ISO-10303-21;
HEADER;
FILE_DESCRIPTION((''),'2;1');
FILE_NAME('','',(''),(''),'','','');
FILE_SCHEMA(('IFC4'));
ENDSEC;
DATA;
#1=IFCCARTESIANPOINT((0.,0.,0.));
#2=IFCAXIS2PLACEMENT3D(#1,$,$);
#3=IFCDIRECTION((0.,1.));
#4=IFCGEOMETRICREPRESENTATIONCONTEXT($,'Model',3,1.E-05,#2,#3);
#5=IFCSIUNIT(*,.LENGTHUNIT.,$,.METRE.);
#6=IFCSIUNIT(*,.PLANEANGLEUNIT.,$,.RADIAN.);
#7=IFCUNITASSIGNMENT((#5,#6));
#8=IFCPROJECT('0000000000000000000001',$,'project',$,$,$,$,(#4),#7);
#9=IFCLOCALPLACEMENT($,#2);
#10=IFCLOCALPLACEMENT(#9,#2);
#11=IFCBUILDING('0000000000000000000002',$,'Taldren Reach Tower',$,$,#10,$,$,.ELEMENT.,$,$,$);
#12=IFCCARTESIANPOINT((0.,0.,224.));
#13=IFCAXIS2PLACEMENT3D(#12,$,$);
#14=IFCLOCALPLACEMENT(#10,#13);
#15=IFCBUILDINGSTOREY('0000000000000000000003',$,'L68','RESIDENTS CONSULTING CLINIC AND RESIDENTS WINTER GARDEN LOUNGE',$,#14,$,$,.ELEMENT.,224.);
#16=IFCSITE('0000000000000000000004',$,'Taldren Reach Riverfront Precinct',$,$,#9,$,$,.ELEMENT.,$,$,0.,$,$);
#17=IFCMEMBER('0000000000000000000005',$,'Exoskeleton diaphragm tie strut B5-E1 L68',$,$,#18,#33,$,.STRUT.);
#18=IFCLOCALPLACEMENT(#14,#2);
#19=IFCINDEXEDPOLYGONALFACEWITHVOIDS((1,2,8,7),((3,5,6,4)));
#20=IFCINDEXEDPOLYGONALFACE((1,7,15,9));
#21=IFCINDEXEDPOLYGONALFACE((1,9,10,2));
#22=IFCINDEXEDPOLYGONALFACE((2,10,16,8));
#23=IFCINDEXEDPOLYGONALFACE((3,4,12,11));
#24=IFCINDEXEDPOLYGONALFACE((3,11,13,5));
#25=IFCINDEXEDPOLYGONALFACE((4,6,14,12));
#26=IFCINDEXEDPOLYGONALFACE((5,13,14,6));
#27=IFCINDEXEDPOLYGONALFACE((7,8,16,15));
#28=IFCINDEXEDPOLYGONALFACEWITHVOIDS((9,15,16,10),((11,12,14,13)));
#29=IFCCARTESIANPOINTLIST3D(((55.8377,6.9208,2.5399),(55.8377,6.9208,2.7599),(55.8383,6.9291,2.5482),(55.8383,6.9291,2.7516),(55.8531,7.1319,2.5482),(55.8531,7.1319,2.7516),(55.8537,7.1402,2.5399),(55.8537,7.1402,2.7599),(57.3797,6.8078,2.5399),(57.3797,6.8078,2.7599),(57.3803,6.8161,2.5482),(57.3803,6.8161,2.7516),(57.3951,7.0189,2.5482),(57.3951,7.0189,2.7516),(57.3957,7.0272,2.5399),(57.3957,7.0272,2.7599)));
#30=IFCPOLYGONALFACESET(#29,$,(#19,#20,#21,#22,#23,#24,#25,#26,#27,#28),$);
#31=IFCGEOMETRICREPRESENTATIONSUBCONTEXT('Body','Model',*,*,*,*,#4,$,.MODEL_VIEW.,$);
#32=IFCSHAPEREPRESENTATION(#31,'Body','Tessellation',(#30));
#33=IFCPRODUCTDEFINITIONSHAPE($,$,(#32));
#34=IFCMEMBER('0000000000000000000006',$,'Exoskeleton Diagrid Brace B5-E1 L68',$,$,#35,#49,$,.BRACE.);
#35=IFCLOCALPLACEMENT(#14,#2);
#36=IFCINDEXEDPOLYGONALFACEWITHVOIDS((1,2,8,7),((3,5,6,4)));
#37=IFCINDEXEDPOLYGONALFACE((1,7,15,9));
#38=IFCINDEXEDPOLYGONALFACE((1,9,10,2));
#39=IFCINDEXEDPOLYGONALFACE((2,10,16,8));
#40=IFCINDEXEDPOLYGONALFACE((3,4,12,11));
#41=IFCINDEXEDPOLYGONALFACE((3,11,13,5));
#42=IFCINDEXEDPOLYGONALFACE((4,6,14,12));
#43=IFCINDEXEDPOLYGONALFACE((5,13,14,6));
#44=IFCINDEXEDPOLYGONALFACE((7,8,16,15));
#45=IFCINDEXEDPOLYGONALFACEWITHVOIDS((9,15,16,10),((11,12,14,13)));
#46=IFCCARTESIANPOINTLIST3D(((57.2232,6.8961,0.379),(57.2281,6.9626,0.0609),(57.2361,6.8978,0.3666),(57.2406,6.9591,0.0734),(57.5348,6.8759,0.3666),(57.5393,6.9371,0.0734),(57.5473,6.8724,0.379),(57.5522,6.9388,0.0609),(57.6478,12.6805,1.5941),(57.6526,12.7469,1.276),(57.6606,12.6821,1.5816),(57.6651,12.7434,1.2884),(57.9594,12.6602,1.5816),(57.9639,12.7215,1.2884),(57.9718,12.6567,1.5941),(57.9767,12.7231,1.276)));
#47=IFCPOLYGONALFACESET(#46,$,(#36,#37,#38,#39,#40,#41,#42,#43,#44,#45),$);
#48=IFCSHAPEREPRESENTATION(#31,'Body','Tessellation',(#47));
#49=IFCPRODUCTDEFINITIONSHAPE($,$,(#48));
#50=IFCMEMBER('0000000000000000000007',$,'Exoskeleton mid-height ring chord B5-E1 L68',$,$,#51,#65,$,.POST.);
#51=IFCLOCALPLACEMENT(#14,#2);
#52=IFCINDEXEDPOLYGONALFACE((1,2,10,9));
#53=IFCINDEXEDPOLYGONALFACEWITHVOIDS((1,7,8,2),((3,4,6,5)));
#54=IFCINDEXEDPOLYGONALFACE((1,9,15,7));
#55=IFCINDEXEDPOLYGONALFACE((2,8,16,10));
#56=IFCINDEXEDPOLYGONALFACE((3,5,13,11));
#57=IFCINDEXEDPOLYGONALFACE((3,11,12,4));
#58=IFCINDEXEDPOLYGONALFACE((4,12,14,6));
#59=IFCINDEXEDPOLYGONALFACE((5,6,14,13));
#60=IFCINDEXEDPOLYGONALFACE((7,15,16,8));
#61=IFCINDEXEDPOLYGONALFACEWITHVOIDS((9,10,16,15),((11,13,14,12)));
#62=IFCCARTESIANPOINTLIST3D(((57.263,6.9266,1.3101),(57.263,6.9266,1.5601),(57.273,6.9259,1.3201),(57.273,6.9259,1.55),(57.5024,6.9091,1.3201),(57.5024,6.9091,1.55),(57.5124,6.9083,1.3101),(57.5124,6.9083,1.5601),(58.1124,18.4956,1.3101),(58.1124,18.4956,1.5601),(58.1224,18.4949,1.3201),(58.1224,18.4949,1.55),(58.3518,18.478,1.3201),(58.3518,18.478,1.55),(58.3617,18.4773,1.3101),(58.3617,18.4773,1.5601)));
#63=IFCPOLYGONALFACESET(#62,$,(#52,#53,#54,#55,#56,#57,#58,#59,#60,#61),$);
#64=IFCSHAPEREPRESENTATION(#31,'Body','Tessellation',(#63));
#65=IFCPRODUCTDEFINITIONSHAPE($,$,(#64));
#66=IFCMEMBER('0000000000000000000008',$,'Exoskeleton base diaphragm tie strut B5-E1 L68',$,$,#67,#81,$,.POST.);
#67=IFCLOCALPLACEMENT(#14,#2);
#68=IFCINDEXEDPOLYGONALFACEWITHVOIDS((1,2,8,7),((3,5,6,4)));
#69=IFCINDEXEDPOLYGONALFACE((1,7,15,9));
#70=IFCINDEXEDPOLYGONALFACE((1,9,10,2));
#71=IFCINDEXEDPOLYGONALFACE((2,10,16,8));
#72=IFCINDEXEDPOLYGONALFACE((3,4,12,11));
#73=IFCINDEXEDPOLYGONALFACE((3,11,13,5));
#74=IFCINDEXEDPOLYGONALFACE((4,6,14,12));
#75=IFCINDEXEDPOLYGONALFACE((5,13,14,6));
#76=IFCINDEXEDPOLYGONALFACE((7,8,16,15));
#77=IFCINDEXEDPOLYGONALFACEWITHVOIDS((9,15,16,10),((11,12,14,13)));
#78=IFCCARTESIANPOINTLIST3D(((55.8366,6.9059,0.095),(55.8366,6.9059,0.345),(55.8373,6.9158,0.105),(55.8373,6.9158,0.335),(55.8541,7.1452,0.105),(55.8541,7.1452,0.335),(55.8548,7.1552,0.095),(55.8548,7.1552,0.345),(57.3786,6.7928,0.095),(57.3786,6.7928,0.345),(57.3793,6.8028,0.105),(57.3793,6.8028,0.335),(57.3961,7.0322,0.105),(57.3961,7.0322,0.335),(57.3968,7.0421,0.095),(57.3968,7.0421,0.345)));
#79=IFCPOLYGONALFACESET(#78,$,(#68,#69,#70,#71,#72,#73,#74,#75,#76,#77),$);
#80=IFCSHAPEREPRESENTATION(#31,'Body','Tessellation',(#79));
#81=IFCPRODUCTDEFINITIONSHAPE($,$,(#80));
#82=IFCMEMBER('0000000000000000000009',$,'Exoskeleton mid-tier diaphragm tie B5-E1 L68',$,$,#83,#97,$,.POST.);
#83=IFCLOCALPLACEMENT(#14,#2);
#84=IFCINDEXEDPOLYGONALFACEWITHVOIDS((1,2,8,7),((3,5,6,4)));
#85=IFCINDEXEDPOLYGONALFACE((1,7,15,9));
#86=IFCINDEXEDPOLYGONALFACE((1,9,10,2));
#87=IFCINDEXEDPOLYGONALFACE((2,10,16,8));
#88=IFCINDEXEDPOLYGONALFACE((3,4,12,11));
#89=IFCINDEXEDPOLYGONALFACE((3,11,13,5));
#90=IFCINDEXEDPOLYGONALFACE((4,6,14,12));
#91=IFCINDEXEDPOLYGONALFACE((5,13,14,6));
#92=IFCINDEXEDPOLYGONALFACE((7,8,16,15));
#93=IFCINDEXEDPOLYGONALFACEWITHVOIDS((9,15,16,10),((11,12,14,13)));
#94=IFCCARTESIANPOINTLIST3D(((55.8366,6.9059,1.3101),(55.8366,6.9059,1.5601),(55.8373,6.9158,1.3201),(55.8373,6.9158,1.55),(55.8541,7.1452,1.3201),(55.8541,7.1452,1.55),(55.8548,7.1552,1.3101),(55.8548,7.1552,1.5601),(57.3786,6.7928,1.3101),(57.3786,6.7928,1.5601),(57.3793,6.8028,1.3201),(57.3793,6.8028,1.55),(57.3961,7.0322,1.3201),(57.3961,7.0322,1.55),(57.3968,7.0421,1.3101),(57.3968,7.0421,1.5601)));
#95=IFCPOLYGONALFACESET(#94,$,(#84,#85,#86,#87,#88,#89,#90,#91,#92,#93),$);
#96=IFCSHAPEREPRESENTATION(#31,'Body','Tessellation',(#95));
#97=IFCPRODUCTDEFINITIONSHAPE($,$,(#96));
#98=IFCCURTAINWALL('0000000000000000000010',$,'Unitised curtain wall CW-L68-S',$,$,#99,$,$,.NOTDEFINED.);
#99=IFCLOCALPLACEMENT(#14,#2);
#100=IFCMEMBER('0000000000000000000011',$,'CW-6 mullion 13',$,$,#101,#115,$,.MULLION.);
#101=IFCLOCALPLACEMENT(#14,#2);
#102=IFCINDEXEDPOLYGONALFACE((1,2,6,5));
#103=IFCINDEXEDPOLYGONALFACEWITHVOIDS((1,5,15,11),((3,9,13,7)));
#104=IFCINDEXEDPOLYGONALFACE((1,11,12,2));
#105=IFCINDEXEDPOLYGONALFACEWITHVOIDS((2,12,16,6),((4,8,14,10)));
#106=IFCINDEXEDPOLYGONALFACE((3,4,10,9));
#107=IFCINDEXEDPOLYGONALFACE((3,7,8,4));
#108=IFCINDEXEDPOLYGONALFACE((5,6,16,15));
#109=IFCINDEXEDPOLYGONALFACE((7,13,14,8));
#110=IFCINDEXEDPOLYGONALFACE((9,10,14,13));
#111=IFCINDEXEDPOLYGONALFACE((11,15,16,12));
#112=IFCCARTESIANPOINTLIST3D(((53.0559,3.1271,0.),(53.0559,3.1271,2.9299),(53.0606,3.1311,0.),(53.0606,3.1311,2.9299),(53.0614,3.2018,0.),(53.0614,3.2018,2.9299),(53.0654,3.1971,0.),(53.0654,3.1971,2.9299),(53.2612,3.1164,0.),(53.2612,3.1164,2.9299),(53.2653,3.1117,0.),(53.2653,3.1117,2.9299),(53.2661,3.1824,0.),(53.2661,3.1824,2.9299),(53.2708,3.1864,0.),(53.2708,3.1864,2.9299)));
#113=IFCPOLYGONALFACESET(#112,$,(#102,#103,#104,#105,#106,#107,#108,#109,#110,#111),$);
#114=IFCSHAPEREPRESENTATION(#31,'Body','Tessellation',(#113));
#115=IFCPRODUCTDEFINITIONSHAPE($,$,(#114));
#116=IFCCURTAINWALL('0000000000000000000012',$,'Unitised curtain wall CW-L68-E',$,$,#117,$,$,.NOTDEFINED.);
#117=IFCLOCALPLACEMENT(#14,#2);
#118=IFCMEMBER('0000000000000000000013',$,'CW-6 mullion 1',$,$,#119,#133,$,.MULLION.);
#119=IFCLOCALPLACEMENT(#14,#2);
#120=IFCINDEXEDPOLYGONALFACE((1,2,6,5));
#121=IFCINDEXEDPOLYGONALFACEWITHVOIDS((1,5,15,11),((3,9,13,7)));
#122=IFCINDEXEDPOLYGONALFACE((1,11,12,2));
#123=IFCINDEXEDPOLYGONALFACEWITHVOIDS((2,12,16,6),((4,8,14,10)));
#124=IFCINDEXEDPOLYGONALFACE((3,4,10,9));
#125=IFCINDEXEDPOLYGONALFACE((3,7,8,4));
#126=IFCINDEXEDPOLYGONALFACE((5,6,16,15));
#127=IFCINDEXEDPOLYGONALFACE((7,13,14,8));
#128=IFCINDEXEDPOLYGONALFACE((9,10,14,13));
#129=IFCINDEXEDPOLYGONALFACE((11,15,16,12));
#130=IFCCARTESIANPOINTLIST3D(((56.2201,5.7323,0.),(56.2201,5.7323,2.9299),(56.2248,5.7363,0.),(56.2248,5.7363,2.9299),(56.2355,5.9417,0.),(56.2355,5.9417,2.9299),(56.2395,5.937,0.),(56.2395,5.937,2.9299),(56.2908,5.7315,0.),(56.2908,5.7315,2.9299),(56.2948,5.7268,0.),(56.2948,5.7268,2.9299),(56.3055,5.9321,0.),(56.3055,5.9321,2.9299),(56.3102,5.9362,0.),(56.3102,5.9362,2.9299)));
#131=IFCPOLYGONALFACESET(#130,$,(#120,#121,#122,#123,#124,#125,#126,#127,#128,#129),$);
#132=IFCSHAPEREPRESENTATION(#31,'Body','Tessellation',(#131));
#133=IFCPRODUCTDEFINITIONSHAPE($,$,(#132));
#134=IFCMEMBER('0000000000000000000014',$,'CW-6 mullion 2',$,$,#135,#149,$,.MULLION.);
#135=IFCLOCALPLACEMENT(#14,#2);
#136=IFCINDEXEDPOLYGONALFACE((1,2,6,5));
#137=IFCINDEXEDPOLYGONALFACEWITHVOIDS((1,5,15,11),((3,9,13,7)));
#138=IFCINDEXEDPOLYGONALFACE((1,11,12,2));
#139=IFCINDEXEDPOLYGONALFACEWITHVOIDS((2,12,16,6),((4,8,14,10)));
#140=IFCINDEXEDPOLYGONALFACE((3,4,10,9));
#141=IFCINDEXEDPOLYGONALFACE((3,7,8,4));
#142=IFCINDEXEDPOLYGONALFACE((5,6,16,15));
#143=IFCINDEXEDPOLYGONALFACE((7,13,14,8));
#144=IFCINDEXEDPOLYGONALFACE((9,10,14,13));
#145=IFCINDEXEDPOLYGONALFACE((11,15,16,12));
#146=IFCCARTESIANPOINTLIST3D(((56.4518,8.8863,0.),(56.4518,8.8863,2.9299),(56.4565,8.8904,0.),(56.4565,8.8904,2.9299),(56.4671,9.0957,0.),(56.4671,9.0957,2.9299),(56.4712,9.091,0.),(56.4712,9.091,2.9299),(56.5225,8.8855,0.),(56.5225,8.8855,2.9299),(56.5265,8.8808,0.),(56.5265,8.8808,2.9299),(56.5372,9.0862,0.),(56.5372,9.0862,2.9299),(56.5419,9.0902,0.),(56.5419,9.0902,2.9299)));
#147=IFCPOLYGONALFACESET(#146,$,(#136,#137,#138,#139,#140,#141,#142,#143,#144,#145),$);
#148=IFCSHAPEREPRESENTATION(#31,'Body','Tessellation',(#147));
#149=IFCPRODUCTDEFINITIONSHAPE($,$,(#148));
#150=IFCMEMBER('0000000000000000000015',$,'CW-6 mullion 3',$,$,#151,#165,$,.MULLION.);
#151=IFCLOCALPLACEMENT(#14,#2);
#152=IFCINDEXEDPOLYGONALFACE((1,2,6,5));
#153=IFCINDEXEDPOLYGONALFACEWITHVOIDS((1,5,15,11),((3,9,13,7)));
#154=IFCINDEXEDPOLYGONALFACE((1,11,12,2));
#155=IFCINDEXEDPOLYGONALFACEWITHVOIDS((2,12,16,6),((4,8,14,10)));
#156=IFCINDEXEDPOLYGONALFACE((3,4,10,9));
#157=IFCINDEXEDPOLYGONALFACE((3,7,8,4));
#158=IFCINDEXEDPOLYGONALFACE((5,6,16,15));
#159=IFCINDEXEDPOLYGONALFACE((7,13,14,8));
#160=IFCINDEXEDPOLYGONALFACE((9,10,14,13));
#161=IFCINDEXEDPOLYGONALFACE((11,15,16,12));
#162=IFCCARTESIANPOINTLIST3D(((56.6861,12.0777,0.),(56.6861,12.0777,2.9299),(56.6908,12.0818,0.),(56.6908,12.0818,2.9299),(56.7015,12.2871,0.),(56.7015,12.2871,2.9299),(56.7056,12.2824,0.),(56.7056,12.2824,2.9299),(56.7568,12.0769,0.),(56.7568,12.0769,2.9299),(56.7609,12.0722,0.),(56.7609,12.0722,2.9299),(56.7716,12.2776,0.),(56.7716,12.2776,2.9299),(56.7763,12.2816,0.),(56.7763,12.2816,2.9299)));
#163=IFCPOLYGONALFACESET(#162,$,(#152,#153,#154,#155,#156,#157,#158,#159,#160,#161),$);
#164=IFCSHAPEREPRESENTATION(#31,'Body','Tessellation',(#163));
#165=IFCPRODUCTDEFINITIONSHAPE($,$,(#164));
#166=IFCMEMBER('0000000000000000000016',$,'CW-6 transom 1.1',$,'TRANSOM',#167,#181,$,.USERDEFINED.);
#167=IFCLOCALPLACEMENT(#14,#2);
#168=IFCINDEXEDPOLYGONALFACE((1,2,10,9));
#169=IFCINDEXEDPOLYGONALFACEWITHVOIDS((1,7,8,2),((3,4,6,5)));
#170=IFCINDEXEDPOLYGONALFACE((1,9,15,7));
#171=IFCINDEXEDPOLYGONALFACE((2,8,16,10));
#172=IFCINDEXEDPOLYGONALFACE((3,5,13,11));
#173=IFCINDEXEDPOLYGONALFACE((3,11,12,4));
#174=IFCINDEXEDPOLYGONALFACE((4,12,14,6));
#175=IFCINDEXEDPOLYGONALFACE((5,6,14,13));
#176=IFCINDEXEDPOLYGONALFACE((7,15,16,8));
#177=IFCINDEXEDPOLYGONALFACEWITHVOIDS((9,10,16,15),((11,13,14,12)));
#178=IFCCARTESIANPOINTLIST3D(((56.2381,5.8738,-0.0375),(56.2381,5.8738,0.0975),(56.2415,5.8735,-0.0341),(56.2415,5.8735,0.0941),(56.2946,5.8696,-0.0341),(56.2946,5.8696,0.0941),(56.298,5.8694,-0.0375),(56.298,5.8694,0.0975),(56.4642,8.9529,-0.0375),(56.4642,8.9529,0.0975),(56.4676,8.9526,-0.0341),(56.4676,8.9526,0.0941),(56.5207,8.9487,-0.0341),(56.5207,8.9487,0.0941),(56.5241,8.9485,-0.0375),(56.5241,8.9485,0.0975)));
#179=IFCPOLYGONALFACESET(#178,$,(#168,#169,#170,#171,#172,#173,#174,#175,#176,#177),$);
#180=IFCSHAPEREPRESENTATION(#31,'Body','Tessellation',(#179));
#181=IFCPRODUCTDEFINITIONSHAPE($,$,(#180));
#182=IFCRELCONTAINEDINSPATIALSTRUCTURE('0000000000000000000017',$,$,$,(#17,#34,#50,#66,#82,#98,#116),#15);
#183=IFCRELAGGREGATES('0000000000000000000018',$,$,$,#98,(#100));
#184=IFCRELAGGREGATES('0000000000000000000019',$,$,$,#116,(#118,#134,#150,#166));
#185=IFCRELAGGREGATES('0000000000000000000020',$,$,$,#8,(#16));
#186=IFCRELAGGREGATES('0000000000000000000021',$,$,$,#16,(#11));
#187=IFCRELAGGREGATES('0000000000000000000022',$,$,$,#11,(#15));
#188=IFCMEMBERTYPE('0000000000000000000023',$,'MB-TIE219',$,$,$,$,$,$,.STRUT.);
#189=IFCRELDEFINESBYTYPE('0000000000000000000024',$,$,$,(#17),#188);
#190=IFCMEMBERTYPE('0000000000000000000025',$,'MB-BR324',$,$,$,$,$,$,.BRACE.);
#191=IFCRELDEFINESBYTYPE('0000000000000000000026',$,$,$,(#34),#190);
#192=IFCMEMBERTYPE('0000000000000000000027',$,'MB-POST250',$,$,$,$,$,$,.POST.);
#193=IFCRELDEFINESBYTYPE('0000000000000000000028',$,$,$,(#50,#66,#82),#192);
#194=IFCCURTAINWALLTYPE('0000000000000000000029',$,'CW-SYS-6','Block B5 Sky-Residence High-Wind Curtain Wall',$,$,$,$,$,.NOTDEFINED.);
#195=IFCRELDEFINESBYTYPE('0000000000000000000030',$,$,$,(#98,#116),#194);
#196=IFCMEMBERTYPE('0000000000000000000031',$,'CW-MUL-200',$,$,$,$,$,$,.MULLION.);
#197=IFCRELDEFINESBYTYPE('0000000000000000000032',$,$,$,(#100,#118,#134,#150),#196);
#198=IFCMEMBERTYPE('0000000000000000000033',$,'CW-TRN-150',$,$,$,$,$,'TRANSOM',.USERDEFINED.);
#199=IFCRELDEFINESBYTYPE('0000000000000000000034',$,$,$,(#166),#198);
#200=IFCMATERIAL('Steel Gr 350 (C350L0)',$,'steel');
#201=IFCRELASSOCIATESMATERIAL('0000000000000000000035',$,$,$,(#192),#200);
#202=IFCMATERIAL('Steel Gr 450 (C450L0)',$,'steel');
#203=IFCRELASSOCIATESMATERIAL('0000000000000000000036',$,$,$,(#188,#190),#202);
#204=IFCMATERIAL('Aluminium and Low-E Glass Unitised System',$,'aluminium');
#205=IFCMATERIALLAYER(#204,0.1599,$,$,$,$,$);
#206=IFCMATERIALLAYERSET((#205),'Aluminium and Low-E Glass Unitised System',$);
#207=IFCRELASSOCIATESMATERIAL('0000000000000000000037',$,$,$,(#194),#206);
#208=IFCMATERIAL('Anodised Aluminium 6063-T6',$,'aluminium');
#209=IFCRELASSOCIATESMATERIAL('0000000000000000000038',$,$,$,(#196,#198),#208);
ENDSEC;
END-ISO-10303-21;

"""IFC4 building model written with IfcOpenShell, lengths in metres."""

from ifc_helpers import new_model, si_unit, direction, frame, origin, origin_2d, place, context, subcontext, project, spatial, hollow_rectangle, extrude, source, transform, mapped, material, layer, layer_set, material_profile, profile_set, type_object, element, aggregate, save


model = new_model("IFC4")

# Units and contexts
model_context = context("Model", 3, precision=1e-05, world=origin(), true_north=direction((0.0, 1.0)))
body_context = subcontext(model_context, "Body", "Model", "MODEL_VIEW")
ifc_project = project(units=[si_unit("LENGTHUNIT", "METRE"), si_unit("PLANEANGLEUNIT", "RADIAN")], contexts=[model_context])

# Site, building, storey
site_placement = place(None, origin())
site = spatial("IfcSite", under=ifc_project, at=site_placement, Name="Taldren Reach Riverfront Precinct", CompositionType="ELEMENT", RefElevation=0.0)
building_placement = place(site_placement, origin())
building = spatial("IfcBuilding", under=site, at=building_placement, Name="Taldren Reach Tower", CompositionType="ELEMENT")
storey_placement = place(building_placement, frame((0.0, 0.0, 224.0)))
storey = spatial("IfcBuildingStorey", under=building, at=storey_placement, Name="L68", Description="RESIDENTS CONSULTING CLINIC AND RESIDENTS WINTER GARDEN LOUNGE", CompositionType="ELEMENT", Elevation=224.0)

# Shared definitions
ifc_material_1 = material(Name="Steel Gr 350 (C350L0)", Category="steel")

# Shared definitions
ifc_material_profile_1 = material_profile(ifc_material_1, hollow_rectangle(XDim=0.25, YDim=0.25, WallThickness=0.01, at=origin_2d()), Name="250x250x10.0SHS")
ifc_profile_set_1 = profile_set([ifc_material_profile_1], Name="Steel Gr 350 (C350L0)")
member_type_1 = type_object("IfcMemberType", Name="MB-POST250", PredefinedType="POST", material=ifc_profile_set_1)
ifc_material_2 = material(Name="Steel Gr 450 (C450L0)", Category="steel")
ifc_material_profile_2 = material_profile(ifc_material_2, hollow_rectangle(XDim=0.22, YDim=0.22, WallThickness=0.0083, at=origin_2d()), Name="220x220x8.2SHS")
ifc_profile_set_2 = profile_set([ifc_material_profile_2], Name="Steel Gr 450 (C450L0)")
member_type_2 = type_object("IfcMemberType", Name="MB-TIE219", PredefinedType="STRUT", material=ifc_profile_set_2)

# Members
shared_shape_1 = source(origin(), body_context, "Body", "SweptSolid", [
    extrude(hollow_rectangle(XDim=0.22, YDim=0.22, WallThickness=0.0083, at=origin_2d()), origin(), (0.0, 0.0, 1.0), 1.5461),
])
member_1_placement = place(storey_placement, frame((55.8457, 7.0305, 2.6499), z_axis=(0.997324, -0.07311, 0.0), x_axis=(0.07311, 0.997324, 0.0)))
element("IfcMember", 1, at=member_1_placement, inside=storey, type_object=member_type_2, Name="Exoskeleton diaphragm tie strut B5-E1 L68", PredefinedType="STRUT", context=body_context, shape_type="MappedRepresentation", body=[
    mapped(shared_shape_1, transform((0.0, 0.0, 0.0), scale=1.0)),
])
ifc_material_profile_3 = material_profile(ifc_material_2, hollow_rectangle(XDim=0.325, YDim=0.325, WallThickness=0.0127, at=origin_2d()), Name="325x325x12.7SHS")
ifc_profile_set_3 = profile_set([ifc_material_profile_3], Name="Steel Gr 450 (C450L0)")
member_type_3 = type_object("IfcMemberType", Name="MB-BR324", PredefinedType="BRACE", material=ifc_profile_set_3)
shared_shape_2 = source(origin(), body_context, "Body", "SweptSolid", [
    extrude(hollow_rectangle(XDim=0.325, YDim=0.325, WallThickness=0.0127, at=origin_2d()), origin(), (0.0, 0.0, 1.0), 5.9258),
])
member_2_placement = place(storey_placement, frame((57.3877, 6.9175, 0.22), z_axis=(0.071645, 0.976126, 0.205047), x_axis=(-0.997317, 0.0732, 0.0)))
element("IfcMember", 2, at=member_2_placement, inside=storey, type_object=member_type_3, Name="Exoskeleton Diagrid Brace B5-E1 L68", PredefinedType="BRACE", context=body_context, shape_type="MappedRepresentation", body=[
    mapped(shared_shape_2, transform((0.0, 0.0, 0.0), scale=1.0)),
])
shared_shape_3 = source(origin(), body_context, "Body", "SweptSolid", [
    extrude(hollow_rectangle(XDim=0.25, YDim=0.25, WallThickness=0.01, at=origin_2d()), origin(), (0.0, 0.0, 1.0), 11.6001),
])
member_3_placement = place(storey_placement, frame((57.3877, 6.9175, 1.4351), z_axis=(0.073221, 0.997316, 0.0), x_axis=(-0.997316, 0.073221, 0.0)))
element("IfcMember", 3, at=member_3_placement, inside=storey, type_object=member_type_1, Name="Exoskeleton mid-height ring chord B5-E1 L68", PredefinedType="POST", context=body_context, shape_type="MappedRepresentation", body=[
    mapped(shared_shape_3, transform((0.0, 0.0, 0.0), scale=1.0)),
])
shared_shape_4 = source(origin(), body_context, "Body", "SweptSolid", [
    extrude(hollow_rectangle(XDim=0.25, YDim=0.25, WallThickness=0.01, at=origin_2d()), origin(), (0.0, 0.0, 1.0), 1.5461),
])
for number, where, z_axis, x_axis, name in (
    (4, (55.8457, 7.0305, 0.22), (0.997324, -0.07311, 0.0), (0.07311, 0.997324, 0.0), "Exoskeleton base diaphragm tie strut B5-E1 L68"),
    (5, (55.8457, 7.0305, 1.4351), (0.997324, -0.07311, 0.0), (0.07311, 0.997324, 0.0), "Exoskeleton mid-tier diaphragm tie B5-E1 L68"),
):
    element("IfcMember", number, at=place(storey_placement, frame(where, z_axis=z_axis, x_axis=x_axis)), inside=storey, type_object=member_type_1, Name=name, PredefinedType="POST", context=body_context, shape_type="MappedRepresentation", body=[
        mapped(shared_shape_4, transform((0.0, 0.0, 0.0), scale=1.0)),
    ])

# Curtain wall, member
ifc_material_3 = material(Name="Aluminium and Low-E Glass Unitised System", Category="aluminium")
ifc_layer_1 = layer(ifc_material_3, 0.1599)
ifc_layer_set_1 = layer_set([ifc_layer_1], Name="Aluminium and Low-E Glass Unitised System")
curtain_wall_type = type_object("IfcCurtainWallType", Name="CW-SYS-6", Description="Block B5 Sky-Residence High-Wind Curtain Wall", PredefinedType="NOTDEFINED", material=ifc_layer_set_1)
curtain_wall_1_placement = place(storey_placement, origin())
curtain_wall_1 = element("IfcCurtainWall", 6, at=curtain_wall_1_placement, inside=storey, type_object=curtain_wall_type, Name="Unitised curtain wall CW-L68-S", PredefinedType="NOTDEFINED")
ifc_material_4 = material(Name="Anodised Aluminium 6063-T6", Category="aluminium")
ifc_material_profile_4 = material_profile(ifc_material_4, hollow_rectangle(XDim=0.075, YDim=0.21, WallThickness=0.0044, at=origin_2d()), Name="ALU-210x75x4.5RHS")
ifc_profile_set_4 = profile_set([ifc_material_profile_4], Name="Anodised Aluminium 6063-T6")
member_type_4 = type_object("IfcMemberType", Name="CW-MUL-200", PredefinedType="MULLION", material=ifc_profile_set_4)
shared_shape_5 = source(origin(), body_context, "Body", "SweptSolid", [
    extrude(hollow_rectangle(XDim=0.075, YDim=0.21, WallThickness=0.0044, at=origin_2d()), origin(), (0.0, 0.0, 1.0), 2.9299),
])
member_4_placement = place(storey_placement, frame((53.1633, 3.1567, 0.0), z_axis=(0.0, 0.0, 1.0), x_axis=(0.073238, 0.997314, 0.0)))
member_4 = element("IfcMember", 7, at=member_4_placement, type_object=member_type_4, Name="CW-6 mullion 13", PredefinedType="MULLION", context=body_context, shape_type="MappedRepresentation", body=[
    mapped(shared_shape_5, transform((0.0, 0.0, 0.0), scale=1.0)),
])

# Curtain wall, members
curtain_wall_2_placement = place(storey_placement, origin())
curtain_wall_2 = element("IfcCurtainWall", 8, at=curtain_wall_2_placement, inside=storey, type_object=curtain_wall_type, Name="Unitised curtain wall CW-L68-E", PredefinedType="NOTDEFINED")
member_5_placement = place(storey_placement, frame((56.2651, 5.8342, 0.0), z_axis=(0.0, 0.0, 1.0), x_axis=(-0.997314, 0.073238, 0.0)))
member_5 = element("IfcMember", 9, at=member_5_placement, type_object=member_type_4, Name="CW-6 mullion 1", PredefinedType="MULLION", context=body_context, shape_type="MappedRepresentation", body=[
    mapped(shared_shape_5, transform((0.0, 0.0, 0.0), scale=1.0)),
])
member_6_placement = place(storey_placement, frame((56.4968, 8.9883, 0.0), z_axis=(0.0, 0.0, 1.0), x_axis=(-0.997314, 0.073238, 0.0)))
member_6 = element("IfcMember", 10, at=member_6_placement, type_object=member_type_4, Name="CW-6 mullion 2", PredefinedType="MULLION", context=body_context, shape_type="MappedRepresentation", body=[
    mapped(shared_shape_5, transform((0.0, 0.0, 0.0), scale=1.0)),
])
member_7_placement = place(storey_placement, frame((56.7312, 12.1797, 0.0), z_axis=(0.0, 0.0, 1.0), x_axis=(-0.997314, 0.073238, 0.0)))
member_7 = element("IfcMember", 11, at=member_7_placement, type_object=member_type_4, Name="CW-6 mullion 3", PredefinedType="MULLION", context=body_context, shape_type="MappedRepresentation", body=[
    mapped(shared_shape_5, transform((0.0, 0.0, 0.0), scale=1.0)),
])
ifc_material_profile_5 = material_profile(ifc_material_4, hollow_rectangle(XDim=0.0601, YDim=0.135, WallThickness=0.0034, at=origin_2d()), Name="ALU-135x60x3.5RHS")
ifc_profile_set_5 = profile_set([ifc_material_profile_5], Name="Anodised Aluminium 6063-T6")
member_type_5 = type_object("IfcMemberType", Name="CW-TRN-150", ElementType="TRANSOM", PredefinedType="USERDEFINED", material=ifc_profile_set_5)
shared_shape_6 = source(origin(), body_context, "Body", "SweptSolid", [
    extrude(hollow_rectangle(XDim=0.0601, YDim=0.135, WallThickness=0.0034, at=origin_2d()), origin(), (0.0, 0.0, 1.0), 3.0874),
])
member_8_placement = place(storey_placement, frame((56.2681, 5.8716, 0.03), z_axis=(0.073225, 0.997315, 0.0), x_axis=(-0.997315, 0.073225, 0.0)))
member_8 = element("IfcMember", 12, at=member_8_placement, type_object=member_type_5, Name="CW-6 transom 1.1", ObjectType="TRANSOM", PredefinedType="USERDEFINED", context=body_context, shape_type="MappedRepresentation", body=[
    mapped(shared_shape_6, transform((0.0, 0.0, 0.0), scale=1.0)),
])

aggregate(curtain_wall_1, [member_4])
aggregate(curtain_wall_2, [member_5, member_6, member_7, member_8])

save(model, "model.ifc")
